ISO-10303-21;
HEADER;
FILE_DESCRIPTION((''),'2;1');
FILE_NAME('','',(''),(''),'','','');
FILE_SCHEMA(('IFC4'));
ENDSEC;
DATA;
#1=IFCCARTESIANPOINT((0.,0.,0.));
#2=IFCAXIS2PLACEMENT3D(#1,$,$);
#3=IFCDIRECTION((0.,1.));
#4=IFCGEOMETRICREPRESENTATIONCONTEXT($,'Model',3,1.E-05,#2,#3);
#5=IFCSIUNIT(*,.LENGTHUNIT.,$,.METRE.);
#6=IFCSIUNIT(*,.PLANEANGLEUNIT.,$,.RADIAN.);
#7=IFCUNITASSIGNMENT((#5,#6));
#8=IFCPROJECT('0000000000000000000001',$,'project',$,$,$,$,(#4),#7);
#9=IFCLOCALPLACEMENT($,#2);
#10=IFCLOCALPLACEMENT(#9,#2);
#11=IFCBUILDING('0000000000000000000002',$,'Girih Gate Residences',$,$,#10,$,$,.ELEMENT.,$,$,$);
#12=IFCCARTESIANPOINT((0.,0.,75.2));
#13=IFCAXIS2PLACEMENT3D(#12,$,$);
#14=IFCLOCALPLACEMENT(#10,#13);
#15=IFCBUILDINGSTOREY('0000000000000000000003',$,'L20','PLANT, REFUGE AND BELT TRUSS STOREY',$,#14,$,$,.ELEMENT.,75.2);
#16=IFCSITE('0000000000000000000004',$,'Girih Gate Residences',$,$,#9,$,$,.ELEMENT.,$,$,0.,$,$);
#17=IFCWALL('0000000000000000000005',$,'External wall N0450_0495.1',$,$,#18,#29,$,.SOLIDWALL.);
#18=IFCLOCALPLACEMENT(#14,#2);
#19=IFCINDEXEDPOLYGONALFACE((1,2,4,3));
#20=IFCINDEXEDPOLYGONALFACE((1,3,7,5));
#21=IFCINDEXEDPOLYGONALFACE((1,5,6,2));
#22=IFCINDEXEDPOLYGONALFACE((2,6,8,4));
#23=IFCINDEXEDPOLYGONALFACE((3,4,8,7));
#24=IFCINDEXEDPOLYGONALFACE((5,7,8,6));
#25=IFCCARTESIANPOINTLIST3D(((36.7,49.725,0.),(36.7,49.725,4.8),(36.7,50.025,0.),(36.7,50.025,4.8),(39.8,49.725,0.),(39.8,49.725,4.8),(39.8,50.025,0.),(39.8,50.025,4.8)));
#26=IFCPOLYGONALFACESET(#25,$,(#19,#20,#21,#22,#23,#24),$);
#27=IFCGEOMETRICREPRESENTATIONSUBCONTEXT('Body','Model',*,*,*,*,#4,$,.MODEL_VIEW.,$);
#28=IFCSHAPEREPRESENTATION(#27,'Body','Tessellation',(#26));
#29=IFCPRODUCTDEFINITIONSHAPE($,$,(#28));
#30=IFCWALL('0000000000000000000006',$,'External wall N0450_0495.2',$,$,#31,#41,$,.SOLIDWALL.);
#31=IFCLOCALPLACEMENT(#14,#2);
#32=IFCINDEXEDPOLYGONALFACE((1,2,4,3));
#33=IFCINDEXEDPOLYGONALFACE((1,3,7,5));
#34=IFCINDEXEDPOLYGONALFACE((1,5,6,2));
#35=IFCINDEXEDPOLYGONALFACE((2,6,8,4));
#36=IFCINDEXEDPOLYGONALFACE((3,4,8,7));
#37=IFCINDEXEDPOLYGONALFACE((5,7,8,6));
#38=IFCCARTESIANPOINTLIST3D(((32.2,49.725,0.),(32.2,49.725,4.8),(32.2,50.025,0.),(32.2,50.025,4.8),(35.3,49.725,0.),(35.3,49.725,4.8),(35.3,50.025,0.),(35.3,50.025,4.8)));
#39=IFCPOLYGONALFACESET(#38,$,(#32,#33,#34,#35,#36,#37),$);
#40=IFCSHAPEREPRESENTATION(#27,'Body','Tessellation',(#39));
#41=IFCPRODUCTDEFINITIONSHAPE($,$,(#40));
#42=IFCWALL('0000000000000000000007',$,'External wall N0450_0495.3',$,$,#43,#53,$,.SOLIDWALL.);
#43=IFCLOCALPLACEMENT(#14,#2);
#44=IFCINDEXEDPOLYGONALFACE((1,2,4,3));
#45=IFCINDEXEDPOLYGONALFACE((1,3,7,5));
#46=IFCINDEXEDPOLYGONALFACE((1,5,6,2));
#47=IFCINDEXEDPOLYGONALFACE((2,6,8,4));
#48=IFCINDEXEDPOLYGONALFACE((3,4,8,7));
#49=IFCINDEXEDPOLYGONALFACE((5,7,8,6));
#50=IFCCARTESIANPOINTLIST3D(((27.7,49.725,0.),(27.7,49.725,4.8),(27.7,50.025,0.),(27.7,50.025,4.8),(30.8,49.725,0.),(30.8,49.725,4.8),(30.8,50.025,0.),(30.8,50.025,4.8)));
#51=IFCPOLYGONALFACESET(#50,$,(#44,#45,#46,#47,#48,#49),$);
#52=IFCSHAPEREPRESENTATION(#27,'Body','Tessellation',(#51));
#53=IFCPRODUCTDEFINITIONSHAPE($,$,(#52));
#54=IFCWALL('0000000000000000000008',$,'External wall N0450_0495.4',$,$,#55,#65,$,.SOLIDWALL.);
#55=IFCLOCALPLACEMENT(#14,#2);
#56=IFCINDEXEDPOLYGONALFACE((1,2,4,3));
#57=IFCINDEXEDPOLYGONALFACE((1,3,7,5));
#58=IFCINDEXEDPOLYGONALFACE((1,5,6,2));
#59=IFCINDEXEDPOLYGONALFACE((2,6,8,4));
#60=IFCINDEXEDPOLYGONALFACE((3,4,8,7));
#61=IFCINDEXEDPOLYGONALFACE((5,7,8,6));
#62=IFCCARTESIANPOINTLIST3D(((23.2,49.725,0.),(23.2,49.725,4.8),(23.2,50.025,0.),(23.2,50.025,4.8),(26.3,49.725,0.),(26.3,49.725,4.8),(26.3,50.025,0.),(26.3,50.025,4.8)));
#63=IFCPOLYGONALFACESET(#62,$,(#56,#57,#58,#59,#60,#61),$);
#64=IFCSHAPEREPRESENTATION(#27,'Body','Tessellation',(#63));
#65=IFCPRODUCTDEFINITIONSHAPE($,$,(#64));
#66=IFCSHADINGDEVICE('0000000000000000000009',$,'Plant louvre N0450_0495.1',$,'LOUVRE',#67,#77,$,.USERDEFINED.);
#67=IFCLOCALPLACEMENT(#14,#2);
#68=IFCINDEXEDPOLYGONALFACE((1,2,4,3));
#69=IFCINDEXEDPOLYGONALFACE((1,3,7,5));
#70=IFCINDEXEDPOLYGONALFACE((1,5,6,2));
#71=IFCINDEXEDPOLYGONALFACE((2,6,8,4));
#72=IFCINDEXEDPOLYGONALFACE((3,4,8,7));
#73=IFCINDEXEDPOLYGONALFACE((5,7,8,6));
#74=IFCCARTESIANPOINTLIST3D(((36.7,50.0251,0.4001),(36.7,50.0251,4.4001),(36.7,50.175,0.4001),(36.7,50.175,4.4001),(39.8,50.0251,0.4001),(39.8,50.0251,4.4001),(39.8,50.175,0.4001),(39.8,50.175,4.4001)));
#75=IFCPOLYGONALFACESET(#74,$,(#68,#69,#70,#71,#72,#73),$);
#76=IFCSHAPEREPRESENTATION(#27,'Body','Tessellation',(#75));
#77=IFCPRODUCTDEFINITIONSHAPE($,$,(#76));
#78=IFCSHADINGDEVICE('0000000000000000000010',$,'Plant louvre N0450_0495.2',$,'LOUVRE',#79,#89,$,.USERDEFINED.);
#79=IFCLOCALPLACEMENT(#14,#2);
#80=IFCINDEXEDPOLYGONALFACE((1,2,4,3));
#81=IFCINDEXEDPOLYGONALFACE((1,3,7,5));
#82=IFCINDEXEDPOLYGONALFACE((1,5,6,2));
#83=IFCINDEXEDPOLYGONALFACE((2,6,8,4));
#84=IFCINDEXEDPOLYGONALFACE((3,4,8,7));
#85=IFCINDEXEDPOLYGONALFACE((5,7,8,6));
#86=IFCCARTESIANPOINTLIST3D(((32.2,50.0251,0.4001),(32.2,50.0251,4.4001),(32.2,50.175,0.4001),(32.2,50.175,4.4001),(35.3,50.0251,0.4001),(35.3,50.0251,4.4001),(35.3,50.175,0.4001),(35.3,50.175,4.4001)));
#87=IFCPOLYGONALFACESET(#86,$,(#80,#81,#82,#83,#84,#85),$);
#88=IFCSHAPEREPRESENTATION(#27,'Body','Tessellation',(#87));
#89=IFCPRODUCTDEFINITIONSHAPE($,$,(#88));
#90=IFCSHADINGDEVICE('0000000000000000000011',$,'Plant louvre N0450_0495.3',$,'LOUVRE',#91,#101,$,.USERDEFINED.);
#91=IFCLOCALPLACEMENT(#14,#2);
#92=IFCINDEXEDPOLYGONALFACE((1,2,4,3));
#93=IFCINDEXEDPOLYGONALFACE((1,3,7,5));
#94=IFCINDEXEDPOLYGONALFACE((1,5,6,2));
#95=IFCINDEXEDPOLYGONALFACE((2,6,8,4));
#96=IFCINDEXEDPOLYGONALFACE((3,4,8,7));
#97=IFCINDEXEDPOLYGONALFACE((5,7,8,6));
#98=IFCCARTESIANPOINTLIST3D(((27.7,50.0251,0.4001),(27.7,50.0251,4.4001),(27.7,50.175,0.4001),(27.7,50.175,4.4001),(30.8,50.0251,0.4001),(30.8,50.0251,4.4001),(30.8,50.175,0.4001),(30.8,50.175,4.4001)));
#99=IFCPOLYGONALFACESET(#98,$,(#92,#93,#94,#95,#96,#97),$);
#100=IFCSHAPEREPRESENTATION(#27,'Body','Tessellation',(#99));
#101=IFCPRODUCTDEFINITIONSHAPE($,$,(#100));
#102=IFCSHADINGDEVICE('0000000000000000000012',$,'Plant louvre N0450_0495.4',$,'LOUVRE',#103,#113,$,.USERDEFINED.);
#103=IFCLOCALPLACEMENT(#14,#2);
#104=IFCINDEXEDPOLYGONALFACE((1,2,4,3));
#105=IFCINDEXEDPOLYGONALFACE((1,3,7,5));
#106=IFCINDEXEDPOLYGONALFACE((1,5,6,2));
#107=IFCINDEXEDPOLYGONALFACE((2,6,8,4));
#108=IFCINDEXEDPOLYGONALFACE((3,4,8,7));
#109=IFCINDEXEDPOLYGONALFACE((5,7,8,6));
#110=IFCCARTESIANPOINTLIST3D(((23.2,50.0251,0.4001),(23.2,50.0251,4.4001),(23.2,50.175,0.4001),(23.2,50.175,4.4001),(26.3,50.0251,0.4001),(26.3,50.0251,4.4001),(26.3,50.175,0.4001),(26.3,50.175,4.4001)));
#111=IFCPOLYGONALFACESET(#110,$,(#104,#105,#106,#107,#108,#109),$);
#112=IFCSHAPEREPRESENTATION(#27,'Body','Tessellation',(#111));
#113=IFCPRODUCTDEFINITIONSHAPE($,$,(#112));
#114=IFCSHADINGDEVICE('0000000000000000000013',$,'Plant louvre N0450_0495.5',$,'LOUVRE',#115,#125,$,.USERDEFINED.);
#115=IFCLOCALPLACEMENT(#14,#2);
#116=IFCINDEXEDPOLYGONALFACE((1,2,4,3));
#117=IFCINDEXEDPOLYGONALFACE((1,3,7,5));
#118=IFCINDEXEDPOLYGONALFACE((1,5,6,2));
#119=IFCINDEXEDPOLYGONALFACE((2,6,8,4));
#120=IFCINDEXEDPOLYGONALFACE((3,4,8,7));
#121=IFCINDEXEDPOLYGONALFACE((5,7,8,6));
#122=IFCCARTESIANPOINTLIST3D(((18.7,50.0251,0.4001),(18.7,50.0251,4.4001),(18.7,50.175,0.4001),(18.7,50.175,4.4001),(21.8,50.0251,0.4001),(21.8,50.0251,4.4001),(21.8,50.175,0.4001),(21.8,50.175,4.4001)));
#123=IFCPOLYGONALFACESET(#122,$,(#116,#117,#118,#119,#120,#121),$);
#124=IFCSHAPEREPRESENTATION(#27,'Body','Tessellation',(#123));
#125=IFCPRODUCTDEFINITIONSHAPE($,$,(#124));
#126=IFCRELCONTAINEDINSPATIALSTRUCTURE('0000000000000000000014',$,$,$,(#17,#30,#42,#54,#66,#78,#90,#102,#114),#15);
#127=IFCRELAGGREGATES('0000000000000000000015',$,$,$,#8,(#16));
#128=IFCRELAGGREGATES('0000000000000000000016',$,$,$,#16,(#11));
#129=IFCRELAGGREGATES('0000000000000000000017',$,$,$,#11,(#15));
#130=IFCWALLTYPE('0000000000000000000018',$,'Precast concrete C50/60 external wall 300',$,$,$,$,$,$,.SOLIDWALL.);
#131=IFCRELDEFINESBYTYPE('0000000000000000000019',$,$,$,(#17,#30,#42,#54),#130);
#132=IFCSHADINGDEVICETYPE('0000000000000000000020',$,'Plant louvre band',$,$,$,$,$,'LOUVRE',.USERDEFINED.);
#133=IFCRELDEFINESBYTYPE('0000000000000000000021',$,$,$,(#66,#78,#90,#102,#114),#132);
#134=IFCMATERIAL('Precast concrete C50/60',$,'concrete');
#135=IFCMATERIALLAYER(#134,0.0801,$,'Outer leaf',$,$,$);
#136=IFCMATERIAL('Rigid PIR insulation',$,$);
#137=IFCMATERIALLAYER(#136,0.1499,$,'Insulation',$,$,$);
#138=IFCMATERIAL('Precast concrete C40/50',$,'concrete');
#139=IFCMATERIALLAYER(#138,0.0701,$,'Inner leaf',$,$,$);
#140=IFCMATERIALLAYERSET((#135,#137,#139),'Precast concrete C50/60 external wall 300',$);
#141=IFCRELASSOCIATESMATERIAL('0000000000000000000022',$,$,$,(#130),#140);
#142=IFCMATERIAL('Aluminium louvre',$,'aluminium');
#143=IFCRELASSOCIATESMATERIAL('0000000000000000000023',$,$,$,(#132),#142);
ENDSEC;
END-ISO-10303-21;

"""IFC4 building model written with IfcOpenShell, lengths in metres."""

from ifc_helpers import new_model, si_unit, direction, frame, frame_2d, origin, origin_2d, place, context, subcontext, project, spatial, rectangle, extrude, material, layer, layer_set, type_object, element, save


model = new_model("IFC4")

# Units and contexts
model_context = context("Model", 3, precision=1e-05, world=origin(), true_north=direction((0.0, 1.0)))
body_context = subcontext(model_context, "Body", "Model", "MODEL_VIEW")
ifc_project = project(units=[si_unit("LENGTHUNIT", "METRE"), si_unit("PLANEANGLEUNIT", "RADIAN")], contexts=[model_context])

# Site, building, storey
site_placement = place(None, origin())
site = spatial("IfcSite", under=ifc_project, at=site_placement, Name="Girih Gate Residences", CompositionType="ELEMENT", RefElevation=0.0)
building_placement = place(site_placement, origin())
building = spatial("IfcBuilding", under=site, at=building_placement, Name="Girih Gate Residences", CompositionType="ELEMENT")
storey_placement = place(building_placement, frame((0.0, 0.0, 75.2)))
storey = spatial("IfcBuildingStorey", under=building, at=storey_placement, Name="L20", Description="PLANT, REFUGE AND BELT TRUSS STOREY", CompositionType="ELEMENT", Elevation=75.2)

# Walls
ifc_material_1 = material(Name="Precast concrete C50/60", Category="concrete")
ifc_layer_1 = layer(ifc_material_1, 0.0801, Name="Outer leaf")
ifc_material_2 = material(Name="Rigid PIR insulation")
ifc_layer_2 = layer(ifc_material_2, 0.1499, Name="Insulation")
ifc_material_3 = material(Name="Precast concrete C40/50", Category="concrete")
ifc_layer_3 = layer(ifc_material_3, 0.0701, Name="Inner leaf")
ifc_layer_set_1 = layer_set([ifc_layer_1, ifc_layer_2, ifc_layer_3], Name="Precast concrete C50/60 external wall 300")
wall_type_1 = type_object("IfcWallType", Name="Precast concrete C50/60 external wall 300", PredefinedType="SOLIDWALL", material=ifc_layer_set_1)
for number, where, z_axis, x_axis, name in (
    (1, (36.7, 49.875, 0.0), (0.0, 0.0, 1.0), (1.0, 0.0, 0.0), "External wall N0450_0495.1"),
    (2, (32.2, 49.875, 0.0), (0.0, 0.0, 1.0), (1.0, 0.0, 0.0), "External wall N0450_0495.2"),
    (3, (27.7, 49.875, 0.0), (0.0, 0.0, 1.0), (1.0, 0.0, 0.0), "External wall N0450_0495.3"),
    (4, (23.2, 49.875, 0.0), (0.0, 0.0, 1.0), (1.0, 0.0, 0.0), "External wall N0450_0495.4"),
):
    element("IfcWall", number, at=place(storey_placement, frame(where, z_axis=z_axis, x_axis=x_axis)), inside=storey, type_object=wall_type_1, Name=name, PredefinedType="SOLIDWALL", context=body_context, shape_type="SweptSolid", body=[
        extrude(rectangle(XDim=3.1001, YDim=0.3, at=frame_2d((1.55, 0.0))), origin(), (0.0, 0.0, 1.0), 4.8),
    ])

# Shading devices
ifc_material_4 = material(Name="Aluminium louvre", Category="aluminium")
shading_device_type = type_object("IfcShadingDeviceType", Name="Plant louvre band", ElementType="LOUVRE", PredefinedType="USERDEFINED", material=ifc_material_4)
for number, where, z_axis, x_axis, name in (
    (5, (38.25, 50.1001, 0.4001), (0.0, 0.0, 1.0), (-1.0, 0.0, 0.0), "Plant louvre N0450_0495.1"),
    (6, (33.75, 50.1001, 0.4001), (0.0, 0.0, 1.0), (-1.0, 0.0, 0.0), "Plant louvre N0450_0495.2"),
    (7, (29.25, 50.1001, 0.4001), (0.0, 0.0, 1.0), (-1.0, 0.0, 0.0), "Plant louvre N0450_0495.3"),
    (8, (24.75, 50.1001, 0.4001), (0.0, 0.0, 1.0), (-1.0, 0.0, 0.0), "Plant louvre N0450_0495.4"),
    (9, (20.25, 50.1001, 0.4001), (0.0, 0.0, 1.0), (-1.0, 0.0, 0.0), "Plant louvre N0450_0495.5"),
):
    element("IfcShadingDevice", number, at=place(storey_placement, frame(where, z_axis=z_axis, x_axis=x_axis)), inside=storey, type_object=shading_device_type, Name=name, ObjectType="LOUVRE", PredefinedType="USERDEFINED", context=body_context, shape_type="SweptSolid", body=[
        extrude(rectangle(XDim=3.1001, YDim=0.1499, at=origin_2d()), origin(), (0.0, 0.0, 1.0), 4.0),
    ])

save(model, "model.ifc")
